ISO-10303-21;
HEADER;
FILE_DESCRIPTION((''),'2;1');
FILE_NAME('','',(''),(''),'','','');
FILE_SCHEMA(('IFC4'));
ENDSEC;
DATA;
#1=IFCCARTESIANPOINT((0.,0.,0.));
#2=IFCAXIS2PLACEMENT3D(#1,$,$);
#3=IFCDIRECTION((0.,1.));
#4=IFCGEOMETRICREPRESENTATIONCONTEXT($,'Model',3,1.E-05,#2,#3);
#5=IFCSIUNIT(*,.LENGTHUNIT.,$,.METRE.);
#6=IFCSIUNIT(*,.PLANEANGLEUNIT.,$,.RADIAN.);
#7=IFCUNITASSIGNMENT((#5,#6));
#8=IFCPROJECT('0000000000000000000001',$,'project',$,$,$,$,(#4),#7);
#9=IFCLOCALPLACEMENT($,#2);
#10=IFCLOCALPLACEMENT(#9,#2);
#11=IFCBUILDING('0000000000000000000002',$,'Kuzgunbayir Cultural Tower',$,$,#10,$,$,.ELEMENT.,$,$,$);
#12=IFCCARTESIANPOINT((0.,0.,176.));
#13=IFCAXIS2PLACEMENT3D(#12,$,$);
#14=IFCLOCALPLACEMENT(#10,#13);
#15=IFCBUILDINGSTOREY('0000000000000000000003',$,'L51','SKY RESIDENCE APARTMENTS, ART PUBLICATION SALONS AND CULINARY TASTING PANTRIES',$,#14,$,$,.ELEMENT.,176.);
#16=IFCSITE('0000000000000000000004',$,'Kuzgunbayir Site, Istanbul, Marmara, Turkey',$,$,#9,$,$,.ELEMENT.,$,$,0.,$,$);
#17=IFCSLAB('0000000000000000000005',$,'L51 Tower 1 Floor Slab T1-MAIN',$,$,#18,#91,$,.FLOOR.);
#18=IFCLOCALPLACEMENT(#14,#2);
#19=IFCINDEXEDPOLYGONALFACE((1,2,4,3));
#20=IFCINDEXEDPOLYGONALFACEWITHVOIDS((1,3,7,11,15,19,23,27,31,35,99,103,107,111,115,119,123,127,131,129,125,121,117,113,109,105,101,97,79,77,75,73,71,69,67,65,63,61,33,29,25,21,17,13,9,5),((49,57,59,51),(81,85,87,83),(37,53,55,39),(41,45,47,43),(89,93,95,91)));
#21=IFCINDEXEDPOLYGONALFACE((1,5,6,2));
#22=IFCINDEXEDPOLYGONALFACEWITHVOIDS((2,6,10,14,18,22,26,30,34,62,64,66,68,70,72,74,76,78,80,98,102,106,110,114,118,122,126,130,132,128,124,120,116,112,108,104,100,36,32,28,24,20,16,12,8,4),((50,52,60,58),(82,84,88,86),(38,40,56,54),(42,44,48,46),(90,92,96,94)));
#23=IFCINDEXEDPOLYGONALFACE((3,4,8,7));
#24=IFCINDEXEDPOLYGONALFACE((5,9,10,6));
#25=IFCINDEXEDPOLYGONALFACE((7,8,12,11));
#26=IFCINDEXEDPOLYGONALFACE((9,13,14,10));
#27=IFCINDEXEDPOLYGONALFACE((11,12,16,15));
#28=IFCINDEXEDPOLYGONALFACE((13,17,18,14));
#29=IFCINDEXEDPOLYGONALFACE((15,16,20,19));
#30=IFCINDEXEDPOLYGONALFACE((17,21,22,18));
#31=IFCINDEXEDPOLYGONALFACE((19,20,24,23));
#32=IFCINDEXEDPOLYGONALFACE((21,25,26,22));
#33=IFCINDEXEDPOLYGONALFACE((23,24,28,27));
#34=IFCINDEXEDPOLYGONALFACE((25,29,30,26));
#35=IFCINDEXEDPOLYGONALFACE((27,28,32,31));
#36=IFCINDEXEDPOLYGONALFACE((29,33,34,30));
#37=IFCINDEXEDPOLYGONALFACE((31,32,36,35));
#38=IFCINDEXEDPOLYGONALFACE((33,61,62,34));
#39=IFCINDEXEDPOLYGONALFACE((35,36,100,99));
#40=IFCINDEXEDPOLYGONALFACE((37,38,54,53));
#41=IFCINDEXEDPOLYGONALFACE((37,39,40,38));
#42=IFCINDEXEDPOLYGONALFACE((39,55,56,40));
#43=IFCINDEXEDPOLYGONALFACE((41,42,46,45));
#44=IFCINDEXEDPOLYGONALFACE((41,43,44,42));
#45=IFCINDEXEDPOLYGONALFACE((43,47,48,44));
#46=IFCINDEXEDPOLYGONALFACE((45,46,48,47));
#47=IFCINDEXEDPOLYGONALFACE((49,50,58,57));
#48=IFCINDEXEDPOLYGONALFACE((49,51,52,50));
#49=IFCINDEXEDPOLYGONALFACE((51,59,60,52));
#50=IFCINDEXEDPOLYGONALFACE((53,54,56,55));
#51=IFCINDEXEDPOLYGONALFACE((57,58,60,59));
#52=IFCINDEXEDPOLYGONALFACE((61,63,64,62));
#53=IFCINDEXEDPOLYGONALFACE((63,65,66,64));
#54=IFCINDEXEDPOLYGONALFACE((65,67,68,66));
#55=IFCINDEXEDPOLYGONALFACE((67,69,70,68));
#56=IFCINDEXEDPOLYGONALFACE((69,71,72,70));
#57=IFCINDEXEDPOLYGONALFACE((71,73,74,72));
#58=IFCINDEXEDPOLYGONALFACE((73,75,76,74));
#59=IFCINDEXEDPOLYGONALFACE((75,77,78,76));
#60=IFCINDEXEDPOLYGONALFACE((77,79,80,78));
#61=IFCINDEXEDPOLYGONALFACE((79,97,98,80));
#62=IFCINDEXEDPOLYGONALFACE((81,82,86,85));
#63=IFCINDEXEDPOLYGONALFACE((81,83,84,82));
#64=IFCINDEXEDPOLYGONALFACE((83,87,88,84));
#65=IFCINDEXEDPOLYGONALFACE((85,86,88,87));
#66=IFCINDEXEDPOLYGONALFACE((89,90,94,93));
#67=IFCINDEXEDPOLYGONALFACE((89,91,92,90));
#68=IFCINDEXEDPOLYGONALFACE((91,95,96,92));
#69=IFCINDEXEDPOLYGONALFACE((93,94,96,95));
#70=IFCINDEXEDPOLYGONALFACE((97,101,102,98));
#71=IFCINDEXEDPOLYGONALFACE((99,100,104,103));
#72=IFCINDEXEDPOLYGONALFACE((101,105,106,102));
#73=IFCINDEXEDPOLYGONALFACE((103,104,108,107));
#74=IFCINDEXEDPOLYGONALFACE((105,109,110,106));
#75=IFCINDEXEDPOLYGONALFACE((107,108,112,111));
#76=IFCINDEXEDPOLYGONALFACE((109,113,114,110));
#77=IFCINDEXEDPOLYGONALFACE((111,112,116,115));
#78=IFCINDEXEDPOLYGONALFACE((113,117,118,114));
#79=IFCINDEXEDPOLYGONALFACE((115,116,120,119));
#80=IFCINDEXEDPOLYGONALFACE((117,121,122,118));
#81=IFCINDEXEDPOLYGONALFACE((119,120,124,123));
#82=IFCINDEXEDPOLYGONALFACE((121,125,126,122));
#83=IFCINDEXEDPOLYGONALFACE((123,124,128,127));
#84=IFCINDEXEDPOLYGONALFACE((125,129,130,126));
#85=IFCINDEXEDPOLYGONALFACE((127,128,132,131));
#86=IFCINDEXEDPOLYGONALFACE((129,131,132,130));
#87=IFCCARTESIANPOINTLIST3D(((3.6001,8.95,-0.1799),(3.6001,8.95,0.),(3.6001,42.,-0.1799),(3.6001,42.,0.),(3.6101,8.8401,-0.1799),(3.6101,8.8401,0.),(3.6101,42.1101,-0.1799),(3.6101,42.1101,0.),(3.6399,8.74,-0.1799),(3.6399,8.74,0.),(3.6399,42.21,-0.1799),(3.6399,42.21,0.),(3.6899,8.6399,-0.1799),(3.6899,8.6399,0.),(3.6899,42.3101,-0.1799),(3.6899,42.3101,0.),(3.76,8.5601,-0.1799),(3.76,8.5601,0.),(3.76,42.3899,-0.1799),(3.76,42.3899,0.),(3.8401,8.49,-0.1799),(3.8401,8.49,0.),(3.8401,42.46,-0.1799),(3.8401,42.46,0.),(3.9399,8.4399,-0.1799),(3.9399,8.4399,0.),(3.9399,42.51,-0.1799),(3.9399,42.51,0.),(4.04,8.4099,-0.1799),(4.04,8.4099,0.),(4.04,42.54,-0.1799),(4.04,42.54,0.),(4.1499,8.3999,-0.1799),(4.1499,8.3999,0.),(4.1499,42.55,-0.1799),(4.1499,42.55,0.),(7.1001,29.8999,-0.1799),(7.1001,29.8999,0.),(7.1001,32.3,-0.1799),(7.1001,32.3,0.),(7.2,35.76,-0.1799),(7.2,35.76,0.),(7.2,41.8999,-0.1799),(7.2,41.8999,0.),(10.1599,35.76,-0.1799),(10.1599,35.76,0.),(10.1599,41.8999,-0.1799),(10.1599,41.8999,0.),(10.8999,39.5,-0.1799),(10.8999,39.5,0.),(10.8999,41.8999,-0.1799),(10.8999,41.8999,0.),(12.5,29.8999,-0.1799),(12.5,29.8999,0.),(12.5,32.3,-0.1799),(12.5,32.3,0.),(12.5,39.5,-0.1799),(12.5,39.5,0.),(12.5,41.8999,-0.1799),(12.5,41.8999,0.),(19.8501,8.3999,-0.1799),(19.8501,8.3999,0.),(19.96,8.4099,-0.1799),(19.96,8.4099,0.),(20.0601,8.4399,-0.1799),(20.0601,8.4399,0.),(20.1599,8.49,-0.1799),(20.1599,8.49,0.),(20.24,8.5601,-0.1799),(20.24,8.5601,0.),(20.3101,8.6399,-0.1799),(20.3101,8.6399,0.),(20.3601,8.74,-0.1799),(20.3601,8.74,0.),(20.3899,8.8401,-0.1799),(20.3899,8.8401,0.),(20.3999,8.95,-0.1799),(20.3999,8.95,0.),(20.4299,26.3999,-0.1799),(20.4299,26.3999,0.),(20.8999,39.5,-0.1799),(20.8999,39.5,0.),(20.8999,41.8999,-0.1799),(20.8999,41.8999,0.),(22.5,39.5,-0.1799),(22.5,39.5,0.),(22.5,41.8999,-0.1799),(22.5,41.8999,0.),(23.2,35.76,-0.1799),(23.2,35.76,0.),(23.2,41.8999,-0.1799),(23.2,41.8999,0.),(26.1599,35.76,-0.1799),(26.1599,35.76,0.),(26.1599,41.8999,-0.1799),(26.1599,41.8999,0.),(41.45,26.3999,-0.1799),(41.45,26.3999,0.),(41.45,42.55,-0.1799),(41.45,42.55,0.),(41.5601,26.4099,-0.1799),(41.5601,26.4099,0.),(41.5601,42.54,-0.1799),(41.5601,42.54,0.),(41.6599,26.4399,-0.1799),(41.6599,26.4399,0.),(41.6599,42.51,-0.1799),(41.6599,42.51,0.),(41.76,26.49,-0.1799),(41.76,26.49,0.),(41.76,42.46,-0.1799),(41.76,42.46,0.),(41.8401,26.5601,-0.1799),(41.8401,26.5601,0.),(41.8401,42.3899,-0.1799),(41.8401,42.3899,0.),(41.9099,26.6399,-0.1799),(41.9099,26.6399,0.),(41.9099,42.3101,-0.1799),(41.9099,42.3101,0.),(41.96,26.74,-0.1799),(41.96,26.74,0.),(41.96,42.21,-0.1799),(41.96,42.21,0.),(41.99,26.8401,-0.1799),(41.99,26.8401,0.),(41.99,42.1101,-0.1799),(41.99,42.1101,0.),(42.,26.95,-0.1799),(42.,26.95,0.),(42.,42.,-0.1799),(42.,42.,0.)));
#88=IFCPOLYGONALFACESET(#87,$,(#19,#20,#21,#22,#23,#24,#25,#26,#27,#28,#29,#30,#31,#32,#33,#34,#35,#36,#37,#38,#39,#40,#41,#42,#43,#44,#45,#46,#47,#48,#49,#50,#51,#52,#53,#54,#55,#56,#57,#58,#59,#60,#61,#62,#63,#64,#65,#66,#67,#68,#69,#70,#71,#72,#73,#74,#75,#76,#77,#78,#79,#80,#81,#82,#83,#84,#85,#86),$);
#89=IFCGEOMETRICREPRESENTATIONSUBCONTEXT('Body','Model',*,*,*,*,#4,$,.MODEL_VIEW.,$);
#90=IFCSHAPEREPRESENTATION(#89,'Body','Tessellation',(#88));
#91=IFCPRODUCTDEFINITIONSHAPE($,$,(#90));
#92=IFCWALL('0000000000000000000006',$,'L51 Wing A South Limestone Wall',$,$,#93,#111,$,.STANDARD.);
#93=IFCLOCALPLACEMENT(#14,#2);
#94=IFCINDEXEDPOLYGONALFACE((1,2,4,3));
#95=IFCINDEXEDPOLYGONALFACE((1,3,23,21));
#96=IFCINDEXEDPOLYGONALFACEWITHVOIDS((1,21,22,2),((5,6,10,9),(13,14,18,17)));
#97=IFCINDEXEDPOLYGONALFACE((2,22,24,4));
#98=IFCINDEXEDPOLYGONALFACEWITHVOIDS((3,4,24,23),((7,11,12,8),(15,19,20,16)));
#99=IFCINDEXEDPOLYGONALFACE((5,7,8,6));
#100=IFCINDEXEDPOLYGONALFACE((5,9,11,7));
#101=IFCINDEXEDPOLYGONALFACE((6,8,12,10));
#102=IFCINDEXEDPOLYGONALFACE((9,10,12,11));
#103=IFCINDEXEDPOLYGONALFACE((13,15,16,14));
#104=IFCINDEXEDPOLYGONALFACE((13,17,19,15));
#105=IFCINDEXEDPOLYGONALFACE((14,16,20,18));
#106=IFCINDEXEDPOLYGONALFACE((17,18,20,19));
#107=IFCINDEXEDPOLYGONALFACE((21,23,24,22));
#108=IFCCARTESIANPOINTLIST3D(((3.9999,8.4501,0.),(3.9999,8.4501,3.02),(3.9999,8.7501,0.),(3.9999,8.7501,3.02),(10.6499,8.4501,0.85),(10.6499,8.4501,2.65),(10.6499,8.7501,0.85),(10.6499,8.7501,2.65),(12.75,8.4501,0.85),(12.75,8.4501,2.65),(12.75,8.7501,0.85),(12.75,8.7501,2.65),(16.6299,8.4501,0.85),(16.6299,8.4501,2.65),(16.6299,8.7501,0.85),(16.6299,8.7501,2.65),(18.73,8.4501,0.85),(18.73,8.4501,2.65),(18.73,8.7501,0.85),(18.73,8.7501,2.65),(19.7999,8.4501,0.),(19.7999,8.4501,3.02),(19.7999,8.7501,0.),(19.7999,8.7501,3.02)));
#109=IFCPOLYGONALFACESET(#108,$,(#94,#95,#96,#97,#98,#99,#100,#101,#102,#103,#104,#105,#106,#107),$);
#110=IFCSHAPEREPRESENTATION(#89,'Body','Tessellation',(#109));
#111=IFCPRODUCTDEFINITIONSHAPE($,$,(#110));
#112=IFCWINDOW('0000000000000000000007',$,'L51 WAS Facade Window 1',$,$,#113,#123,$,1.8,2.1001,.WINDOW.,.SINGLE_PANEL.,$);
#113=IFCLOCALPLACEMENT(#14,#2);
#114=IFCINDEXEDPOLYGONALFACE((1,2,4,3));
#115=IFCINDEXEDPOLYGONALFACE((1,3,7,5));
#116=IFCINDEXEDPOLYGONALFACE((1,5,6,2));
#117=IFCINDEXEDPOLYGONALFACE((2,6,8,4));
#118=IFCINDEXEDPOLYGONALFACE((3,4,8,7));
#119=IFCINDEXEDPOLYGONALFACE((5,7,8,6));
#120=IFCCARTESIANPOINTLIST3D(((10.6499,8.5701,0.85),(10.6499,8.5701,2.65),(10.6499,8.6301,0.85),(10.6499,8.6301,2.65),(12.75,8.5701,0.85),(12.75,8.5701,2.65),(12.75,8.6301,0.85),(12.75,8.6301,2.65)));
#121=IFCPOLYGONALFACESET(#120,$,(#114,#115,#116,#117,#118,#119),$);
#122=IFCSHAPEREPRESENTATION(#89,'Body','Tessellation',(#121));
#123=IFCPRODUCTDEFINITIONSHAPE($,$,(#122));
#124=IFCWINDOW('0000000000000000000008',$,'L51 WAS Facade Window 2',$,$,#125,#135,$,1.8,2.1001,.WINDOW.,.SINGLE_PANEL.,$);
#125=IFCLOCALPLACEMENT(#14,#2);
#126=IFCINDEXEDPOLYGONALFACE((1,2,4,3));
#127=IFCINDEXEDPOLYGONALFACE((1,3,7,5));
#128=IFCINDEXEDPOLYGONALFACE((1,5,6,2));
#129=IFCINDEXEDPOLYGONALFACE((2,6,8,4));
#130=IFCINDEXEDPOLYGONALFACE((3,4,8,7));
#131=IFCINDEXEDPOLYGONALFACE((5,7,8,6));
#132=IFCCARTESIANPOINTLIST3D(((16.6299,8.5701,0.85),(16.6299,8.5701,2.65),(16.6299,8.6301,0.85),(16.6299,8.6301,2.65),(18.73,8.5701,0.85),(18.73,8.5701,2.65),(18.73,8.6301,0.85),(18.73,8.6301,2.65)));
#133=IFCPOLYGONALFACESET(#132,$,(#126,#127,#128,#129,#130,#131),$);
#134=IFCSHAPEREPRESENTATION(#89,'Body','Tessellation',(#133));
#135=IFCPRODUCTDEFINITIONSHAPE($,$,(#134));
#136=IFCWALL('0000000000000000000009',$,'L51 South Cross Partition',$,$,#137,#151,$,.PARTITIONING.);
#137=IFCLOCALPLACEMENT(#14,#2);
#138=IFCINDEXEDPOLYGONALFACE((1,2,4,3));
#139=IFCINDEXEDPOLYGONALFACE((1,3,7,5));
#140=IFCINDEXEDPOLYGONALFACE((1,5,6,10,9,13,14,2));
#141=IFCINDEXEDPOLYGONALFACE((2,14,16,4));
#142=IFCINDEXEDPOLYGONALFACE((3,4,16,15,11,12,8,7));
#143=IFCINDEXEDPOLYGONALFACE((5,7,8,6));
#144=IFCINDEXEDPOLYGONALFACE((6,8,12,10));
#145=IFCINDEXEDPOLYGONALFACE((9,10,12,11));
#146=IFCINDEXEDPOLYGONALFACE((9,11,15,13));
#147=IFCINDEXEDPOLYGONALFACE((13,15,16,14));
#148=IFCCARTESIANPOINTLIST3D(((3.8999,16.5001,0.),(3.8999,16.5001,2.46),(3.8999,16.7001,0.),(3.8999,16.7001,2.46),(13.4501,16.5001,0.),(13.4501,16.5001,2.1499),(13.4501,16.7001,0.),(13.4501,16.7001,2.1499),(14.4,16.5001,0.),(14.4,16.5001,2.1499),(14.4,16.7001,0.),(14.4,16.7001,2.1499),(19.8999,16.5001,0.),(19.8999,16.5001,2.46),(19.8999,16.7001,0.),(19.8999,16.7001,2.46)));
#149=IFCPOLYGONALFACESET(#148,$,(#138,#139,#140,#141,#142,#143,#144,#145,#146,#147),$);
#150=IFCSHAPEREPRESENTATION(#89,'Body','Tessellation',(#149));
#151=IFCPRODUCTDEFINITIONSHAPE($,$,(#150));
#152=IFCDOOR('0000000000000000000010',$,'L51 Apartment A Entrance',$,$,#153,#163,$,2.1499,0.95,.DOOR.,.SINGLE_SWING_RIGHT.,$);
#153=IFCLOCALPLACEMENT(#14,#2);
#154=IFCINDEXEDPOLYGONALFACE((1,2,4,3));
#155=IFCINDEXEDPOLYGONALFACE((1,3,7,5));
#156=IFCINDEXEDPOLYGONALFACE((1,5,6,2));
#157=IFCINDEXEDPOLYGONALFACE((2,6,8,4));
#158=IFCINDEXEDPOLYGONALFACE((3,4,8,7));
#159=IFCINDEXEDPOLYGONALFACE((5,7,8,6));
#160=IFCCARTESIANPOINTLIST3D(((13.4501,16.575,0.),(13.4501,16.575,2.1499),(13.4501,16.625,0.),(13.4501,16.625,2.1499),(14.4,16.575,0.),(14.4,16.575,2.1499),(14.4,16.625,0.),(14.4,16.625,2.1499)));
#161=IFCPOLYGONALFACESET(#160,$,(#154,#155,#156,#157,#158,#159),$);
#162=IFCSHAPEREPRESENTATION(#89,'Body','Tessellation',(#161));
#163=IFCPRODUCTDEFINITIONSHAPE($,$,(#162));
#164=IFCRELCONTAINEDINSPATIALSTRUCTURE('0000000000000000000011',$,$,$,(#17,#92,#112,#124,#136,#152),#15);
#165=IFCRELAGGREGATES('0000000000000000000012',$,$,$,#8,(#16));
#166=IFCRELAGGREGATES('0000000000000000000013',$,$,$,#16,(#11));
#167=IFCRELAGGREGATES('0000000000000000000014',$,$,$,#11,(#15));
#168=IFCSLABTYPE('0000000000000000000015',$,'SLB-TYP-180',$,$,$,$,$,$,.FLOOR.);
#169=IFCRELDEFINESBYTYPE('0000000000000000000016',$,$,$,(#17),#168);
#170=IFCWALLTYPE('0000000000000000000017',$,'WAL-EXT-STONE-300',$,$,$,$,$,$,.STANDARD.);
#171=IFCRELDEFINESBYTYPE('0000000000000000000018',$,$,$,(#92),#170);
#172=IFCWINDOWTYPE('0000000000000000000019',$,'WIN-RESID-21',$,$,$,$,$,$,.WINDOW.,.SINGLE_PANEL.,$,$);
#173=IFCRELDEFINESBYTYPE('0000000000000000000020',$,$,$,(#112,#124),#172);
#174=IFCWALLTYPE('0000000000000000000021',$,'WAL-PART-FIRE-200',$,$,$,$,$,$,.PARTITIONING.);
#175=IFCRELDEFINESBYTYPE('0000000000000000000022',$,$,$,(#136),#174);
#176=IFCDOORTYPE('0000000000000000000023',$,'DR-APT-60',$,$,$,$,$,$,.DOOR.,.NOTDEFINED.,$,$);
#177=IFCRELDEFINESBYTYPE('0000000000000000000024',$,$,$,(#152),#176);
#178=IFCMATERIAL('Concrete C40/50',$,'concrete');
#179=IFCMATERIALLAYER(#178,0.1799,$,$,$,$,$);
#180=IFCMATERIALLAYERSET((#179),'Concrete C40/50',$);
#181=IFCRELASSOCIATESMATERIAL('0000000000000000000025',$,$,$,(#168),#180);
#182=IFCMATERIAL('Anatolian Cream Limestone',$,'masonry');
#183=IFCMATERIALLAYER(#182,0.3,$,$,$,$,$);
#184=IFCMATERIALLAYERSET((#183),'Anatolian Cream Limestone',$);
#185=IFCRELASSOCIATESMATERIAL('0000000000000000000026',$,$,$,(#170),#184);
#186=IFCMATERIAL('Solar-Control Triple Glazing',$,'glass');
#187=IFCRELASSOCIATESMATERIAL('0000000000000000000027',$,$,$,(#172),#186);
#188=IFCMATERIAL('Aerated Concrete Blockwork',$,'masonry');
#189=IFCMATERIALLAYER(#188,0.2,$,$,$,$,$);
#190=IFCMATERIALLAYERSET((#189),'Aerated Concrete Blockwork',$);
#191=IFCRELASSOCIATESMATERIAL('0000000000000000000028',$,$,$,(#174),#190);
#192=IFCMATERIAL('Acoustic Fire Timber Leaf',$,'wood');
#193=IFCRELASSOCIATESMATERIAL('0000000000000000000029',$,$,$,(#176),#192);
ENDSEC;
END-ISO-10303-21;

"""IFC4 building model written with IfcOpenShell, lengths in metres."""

from ifc_helpers import new_model, si_unit, direction, frame, frame_2d, origin, place, context, subcontext, project, spatial, polyline, rectangle, outline, extrude, material, layer, layer_set, type_object, element, fill, save


model = new_model("IFC4")

# Units and contexts
model_context = context("Model", 3, precision=1e-05, world=origin(), true_north=direction((0.0, 1.0)))
body_context = subcontext(model_context, "Body", "Model", "MODEL_VIEW")
ifc_project = project(units=[si_unit("LENGTHUNIT", "METRE"), si_unit("PLANEANGLEUNIT", "RADIAN")], contexts=[model_context])

# Site, building, storey
site_placement = place(None, origin())
site = spatial("IfcSite", under=ifc_project, at=site_placement, Name="Kuzgunbayir Site, Istanbul, Marmara, Turkey", CompositionType="ELEMENT", RefElevation=0.0)
building_placement = place(site_placement, origin())
building = spatial("IfcBuilding", under=site, at=building_placement, Name="Kuzgunbayir Cultural Tower", CompositionType="ELEMENT")
storey_placement = place(building_placement, frame((0.0, 0.0, 176.0)))
storey = spatial("IfcBuildingStorey", under=building, at=storey_placement, Name="L51", Description="SKY RESIDENCE APARTMENTS, ART PUBLICATION SALONS AND CULINARY TASTING PANTRIES", CompositionType="ELEMENT", Elevation=176.0)

# Shared definitions
ifc_material_1 = material(Name="Concrete C40/50", Category="concrete")

# Slab
ifc_layer_1 = layer(ifc_material_1, 0.1799)
ifc_layer_set_1 = layer_set([ifc_layer_1], Name="Concrete C40/50")
slab_type_1 = type_object("IfcSlabType", Name="SLB-TYP-180", PredefinedType="FLOOR", material=ifc_layer_set_1)
slab_1_placement = place(storey_placement, frame((0.0, 0.0, -0.1799)))
element("IfcSlab", 1, at=slab_1_placement, inside=storey, type_object=slab_type_1, Name="L51 Tower 1 Floor Slab T1-MAIN", PredefinedType="FLOOR", context=body_context, shape_type="SweptSolid", body=[
    extrude(outline(polyline([(20.3999, 8.95), (20.3899, 8.8401), (20.3601, 8.74), (20.3101, 8.6399), (20.24, 8.5601), (20.1599, 8.49), (20.0601, 8.4399), (19.96, 8.4099), (19.8501, 8.3999), (4.1499, 8.3999), (4.04, 8.4099), (3.9399, 8.4399), (3.8401, 8.49), (3.76, 8.5601), (3.6899, 8.6399), (3.6399, 8.74), (3.6101, 8.8401), (3.6001, 8.95), (3.6001, 42.0), (3.6101, 42.1101), (3.6399, 42.21), (3.6899, 42.3101), (3.76, 42.3899), (3.8401, 42.46), (3.9399, 42.51), (4.04, 42.54), (4.1499, 42.55), (41.45, 42.55), (41.5601, 42.54), (41.6599, 42.51), (41.76, 42.46), (41.8401, 42.3899), (41.9099, 42.3101), (41.96, 42.21), (41.99, 42.1101), (42.0, 42.0), (42.0, 26.95), (41.99, 26.8401), (41.96, 26.74), (41.9099, 26.6399), (41.8401, 26.5601), (41.76, 26.49), (41.6599, 26.4399), (41.5601, 26.4099), (41.45, 26.3999), (20.4299, 26.3999), (20.3999, 8.95)]), holes=[polyline([(7.2, 35.76), (7.2, 41.8999), (10.1599, 41.8999), (10.1599, 35.76), (7.2, 35.76)]), polyline([(23.2, 35.76), (23.2, 41.8999), (26.1599, 41.8999), (26.1599, 35.76), (23.2, 35.76)]), polyline([(7.1001, 29.8999), (7.1001, 32.3), (12.5, 32.3), (12.5, 29.8999), (7.1001, 29.8999)]), polyline([(10.8999, 39.5), (10.8999, 41.8999), (12.5, 41.8999), (12.5, 39.5), (10.8999, 39.5)]), polyline([(20.8999, 39.5), (20.8999, 41.8999), (22.5, 41.8999), (22.5, 39.5), (20.8999, 39.5)])]), origin(), (0.0, 0.0, 1.0), 0.1799),
])

# Wall, openings, windows
ifc_material_2 = material(Name="Anatolian Cream Limestone", Category="masonry")
ifc_layer_2 = layer(ifc_material_2, 0.3)
ifc_layer_set_2 = layer_set([ifc_layer_2], Name="Anatolian Cream Limestone")
wall_type_1 = type_object("IfcWallType", Name="WAL-EXT-STONE-300", PredefinedType="STANDARD", material=ifc_layer_set_2)
wall_1_placement = place(storey_placement, frame((4.0, 8.6001, 0.0), z_axis=(0.0, 0.0, 1.0), x_axis=(1.0, 0.0, 0.0)))
wall_1 = element("IfcWall", 2, at=wall_1_placement, inside=storey, type_object=wall_type_1, Name="L51 Wing A South Limestone Wall", PredefinedType="STANDARD", context=body_context, shape_type="SweptSolid", body=[
    extrude(rectangle(XDim=15.8, YDim=0.3, at=frame_2d((7.8999, 0.0))), origin(), (0.0, 0.0, 1.0), 3.02),
])
opening_1_placement = place(wall_1_placement, frame((6.6499, 0.0, 0.8501)))
opening_1 = element("IfcOpeningElement", 3, at=opening_1_placement, cuts=wall_1, PredefinedType="OPENING", context=body_context, shape_type="SweptSolid", body=[
    extrude(rectangle(XDim=2.1001, YDim=1.8, at=frame_2d((1.05, 0.8999))), frame((0.0, 0.1602, 0.0), z_axis=(0.0, -1.0, 0.0), x_axis=(1.0, 0.0, 0.0)), (0.0, 0.0, 1.0), 0.3201),
])
opening_2_placement = place(wall_1_placement, frame((12.6299, 0.0, 0.8501)))
opening_2 = element("IfcOpeningElement", 4, at=opening_2_placement, cuts=wall_1, PredefinedType="OPENING", context=body_context, shape_type="SweptSolid", body=[
    extrude(rectangle(XDim=2.1001, YDim=1.8, at=frame_2d((1.05, 0.8999))), frame((0.0, 0.1602, 0.0), z_axis=(0.0, -1.0, 0.0), x_axis=(1.0, 0.0, 0.0)), (0.0, 0.0, 1.0), 0.3201),
])
ifc_material_3 = material(Name="Solar-Control Triple Glazing", Category="glass")
window_type = type_object("IfcWindowType", Name="WIN-RESID-21", PartitioningType="SINGLE_PANEL", PredefinedType="WINDOW", material=ifc_material_3)
window_1_placement = place(opening_1_placement, origin())
window_1 = element("IfcWindow", 5, at=window_1_placement, inside=storey, type_object=window_type, Name="L51 WAS Facade Window 1", OverallHeight=1.8, OverallWidth=2.1001, PartitioningType="SINGLE_PANEL", PredefinedType="WINDOW", context=body_context, shape_type="SweptSolid", body=[
    extrude(rectangle(XDim=2.1001, YDim=1.8, at=frame_2d((1.05, 0.8999))), frame((0.0, 0.03, 0.0), z_axis=(0.0, -1.0, 0.0), x_axis=(1.0, 0.0, 0.0)), (0.0, 0.0, 1.0), 0.0601),
])
fill(opening_1, window_1)
window_2_placement = place(opening_2_placement, origin())
window_2 = element("IfcWindow", 6, at=window_2_placement, inside=storey, type_object=window_type, Name="L51 WAS Facade Window 2", OverallHeight=1.8, OverallWidth=2.1001, PartitioningType="SINGLE_PANEL", PredefinedType="WINDOW", context=body_context, shape_type="SweptSolid", body=[
    extrude(rectangle(XDim=2.1001, YDim=1.8, at=frame_2d((1.05, 0.8999))), frame((0.0, 0.03, 0.0), z_axis=(0.0, -1.0, 0.0), x_axis=(1.0, 0.0, 0.0)), (0.0, 0.0, 1.0), 0.0601),
])
fill(opening_2, window_2)

# Wall, opening, door
ifc_material_4 = material(Name="Aerated Concrete Blockwork", Category="masonry")
ifc_layer_3 = layer(ifc_material_4, 0.2)
ifc_layer_set_3 = layer_set([ifc_layer_3], Name="Aerated Concrete Blockwork")
wall_type_2 = type_object("IfcWallType", Name="WAL-PART-FIRE-200", PredefinedType="PARTITIONING", material=ifc_layer_set_3)
wall_2_placement = place(storey_placement, frame((3.8999, 16.6001, 0.0), z_axis=(0.0, 0.0, 1.0), x_axis=(1.0, 0.0, 0.0)))
wall_2 = element("IfcWall", 7, at=wall_2_placement, inside=storey, type_object=wall_type_2, Name="L51 South Cross Partition", PredefinedType="PARTITIONING", context=body_context, shape_type="SweptSolid", body=[
    extrude(rectangle(XDim=16.0, YDim=0.2, at=frame_2d((8.0, 0.0))), origin(), (0.0, 0.0, 1.0), 2.46),
])
opening_3_placement = place(wall_2_placement, frame((9.55, 0.0, 0.0)))
opening_3 = element("IfcOpeningElement", 8, at=opening_3_placement, cuts=wall_2, PredefinedType="OPENING", context=body_context, shape_type="SweptSolid", body=[
    extrude(rectangle(XDim=0.95, YDim=2.1499, at=frame_2d((0.4751, 1.075))), frame((0.0, 0.1099, 0.0), z_axis=(0.0, -1.0, 0.0), x_axis=(1.0, 0.0, 0.0)), (0.0, 0.0, 1.0), 0.22),
])
ifc_material_5 = material(Name="Acoustic Fire Timber Leaf", Category="wood")
door_type_1 = type_object("IfcDoorType", Name="DR-APT-60", OperationType="NOTDEFINED", PredefinedType="DOOR", material=ifc_material_5)
door_1_placement = place(opening_3_placement, origin())
door_1 = element("IfcDoor", 9, at=door_1_placement, inside=storey, type_object=door_type_1, Name="L51 Apartment A Entrance", OperationType="SINGLE_SWING_RIGHT", OverallHeight=2.1499, OverallWidth=0.95, PredefinedType="DOOR", context=body_context, shape_type="SweptSolid", body=[
    extrude(rectangle(XDim=0.95, YDim=2.1499, at=frame_2d((0.4751, 1.075))), frame((0.0, 0.0249, 0.0), z_axis=(0.0, -1.0, 0.0), x_axis=(1.0, 0.0, 0.0)), (0.0, 0.0, 1.0), 0.05),
])
fill(opening_3, door_1)

save(model, "model.ifc")
